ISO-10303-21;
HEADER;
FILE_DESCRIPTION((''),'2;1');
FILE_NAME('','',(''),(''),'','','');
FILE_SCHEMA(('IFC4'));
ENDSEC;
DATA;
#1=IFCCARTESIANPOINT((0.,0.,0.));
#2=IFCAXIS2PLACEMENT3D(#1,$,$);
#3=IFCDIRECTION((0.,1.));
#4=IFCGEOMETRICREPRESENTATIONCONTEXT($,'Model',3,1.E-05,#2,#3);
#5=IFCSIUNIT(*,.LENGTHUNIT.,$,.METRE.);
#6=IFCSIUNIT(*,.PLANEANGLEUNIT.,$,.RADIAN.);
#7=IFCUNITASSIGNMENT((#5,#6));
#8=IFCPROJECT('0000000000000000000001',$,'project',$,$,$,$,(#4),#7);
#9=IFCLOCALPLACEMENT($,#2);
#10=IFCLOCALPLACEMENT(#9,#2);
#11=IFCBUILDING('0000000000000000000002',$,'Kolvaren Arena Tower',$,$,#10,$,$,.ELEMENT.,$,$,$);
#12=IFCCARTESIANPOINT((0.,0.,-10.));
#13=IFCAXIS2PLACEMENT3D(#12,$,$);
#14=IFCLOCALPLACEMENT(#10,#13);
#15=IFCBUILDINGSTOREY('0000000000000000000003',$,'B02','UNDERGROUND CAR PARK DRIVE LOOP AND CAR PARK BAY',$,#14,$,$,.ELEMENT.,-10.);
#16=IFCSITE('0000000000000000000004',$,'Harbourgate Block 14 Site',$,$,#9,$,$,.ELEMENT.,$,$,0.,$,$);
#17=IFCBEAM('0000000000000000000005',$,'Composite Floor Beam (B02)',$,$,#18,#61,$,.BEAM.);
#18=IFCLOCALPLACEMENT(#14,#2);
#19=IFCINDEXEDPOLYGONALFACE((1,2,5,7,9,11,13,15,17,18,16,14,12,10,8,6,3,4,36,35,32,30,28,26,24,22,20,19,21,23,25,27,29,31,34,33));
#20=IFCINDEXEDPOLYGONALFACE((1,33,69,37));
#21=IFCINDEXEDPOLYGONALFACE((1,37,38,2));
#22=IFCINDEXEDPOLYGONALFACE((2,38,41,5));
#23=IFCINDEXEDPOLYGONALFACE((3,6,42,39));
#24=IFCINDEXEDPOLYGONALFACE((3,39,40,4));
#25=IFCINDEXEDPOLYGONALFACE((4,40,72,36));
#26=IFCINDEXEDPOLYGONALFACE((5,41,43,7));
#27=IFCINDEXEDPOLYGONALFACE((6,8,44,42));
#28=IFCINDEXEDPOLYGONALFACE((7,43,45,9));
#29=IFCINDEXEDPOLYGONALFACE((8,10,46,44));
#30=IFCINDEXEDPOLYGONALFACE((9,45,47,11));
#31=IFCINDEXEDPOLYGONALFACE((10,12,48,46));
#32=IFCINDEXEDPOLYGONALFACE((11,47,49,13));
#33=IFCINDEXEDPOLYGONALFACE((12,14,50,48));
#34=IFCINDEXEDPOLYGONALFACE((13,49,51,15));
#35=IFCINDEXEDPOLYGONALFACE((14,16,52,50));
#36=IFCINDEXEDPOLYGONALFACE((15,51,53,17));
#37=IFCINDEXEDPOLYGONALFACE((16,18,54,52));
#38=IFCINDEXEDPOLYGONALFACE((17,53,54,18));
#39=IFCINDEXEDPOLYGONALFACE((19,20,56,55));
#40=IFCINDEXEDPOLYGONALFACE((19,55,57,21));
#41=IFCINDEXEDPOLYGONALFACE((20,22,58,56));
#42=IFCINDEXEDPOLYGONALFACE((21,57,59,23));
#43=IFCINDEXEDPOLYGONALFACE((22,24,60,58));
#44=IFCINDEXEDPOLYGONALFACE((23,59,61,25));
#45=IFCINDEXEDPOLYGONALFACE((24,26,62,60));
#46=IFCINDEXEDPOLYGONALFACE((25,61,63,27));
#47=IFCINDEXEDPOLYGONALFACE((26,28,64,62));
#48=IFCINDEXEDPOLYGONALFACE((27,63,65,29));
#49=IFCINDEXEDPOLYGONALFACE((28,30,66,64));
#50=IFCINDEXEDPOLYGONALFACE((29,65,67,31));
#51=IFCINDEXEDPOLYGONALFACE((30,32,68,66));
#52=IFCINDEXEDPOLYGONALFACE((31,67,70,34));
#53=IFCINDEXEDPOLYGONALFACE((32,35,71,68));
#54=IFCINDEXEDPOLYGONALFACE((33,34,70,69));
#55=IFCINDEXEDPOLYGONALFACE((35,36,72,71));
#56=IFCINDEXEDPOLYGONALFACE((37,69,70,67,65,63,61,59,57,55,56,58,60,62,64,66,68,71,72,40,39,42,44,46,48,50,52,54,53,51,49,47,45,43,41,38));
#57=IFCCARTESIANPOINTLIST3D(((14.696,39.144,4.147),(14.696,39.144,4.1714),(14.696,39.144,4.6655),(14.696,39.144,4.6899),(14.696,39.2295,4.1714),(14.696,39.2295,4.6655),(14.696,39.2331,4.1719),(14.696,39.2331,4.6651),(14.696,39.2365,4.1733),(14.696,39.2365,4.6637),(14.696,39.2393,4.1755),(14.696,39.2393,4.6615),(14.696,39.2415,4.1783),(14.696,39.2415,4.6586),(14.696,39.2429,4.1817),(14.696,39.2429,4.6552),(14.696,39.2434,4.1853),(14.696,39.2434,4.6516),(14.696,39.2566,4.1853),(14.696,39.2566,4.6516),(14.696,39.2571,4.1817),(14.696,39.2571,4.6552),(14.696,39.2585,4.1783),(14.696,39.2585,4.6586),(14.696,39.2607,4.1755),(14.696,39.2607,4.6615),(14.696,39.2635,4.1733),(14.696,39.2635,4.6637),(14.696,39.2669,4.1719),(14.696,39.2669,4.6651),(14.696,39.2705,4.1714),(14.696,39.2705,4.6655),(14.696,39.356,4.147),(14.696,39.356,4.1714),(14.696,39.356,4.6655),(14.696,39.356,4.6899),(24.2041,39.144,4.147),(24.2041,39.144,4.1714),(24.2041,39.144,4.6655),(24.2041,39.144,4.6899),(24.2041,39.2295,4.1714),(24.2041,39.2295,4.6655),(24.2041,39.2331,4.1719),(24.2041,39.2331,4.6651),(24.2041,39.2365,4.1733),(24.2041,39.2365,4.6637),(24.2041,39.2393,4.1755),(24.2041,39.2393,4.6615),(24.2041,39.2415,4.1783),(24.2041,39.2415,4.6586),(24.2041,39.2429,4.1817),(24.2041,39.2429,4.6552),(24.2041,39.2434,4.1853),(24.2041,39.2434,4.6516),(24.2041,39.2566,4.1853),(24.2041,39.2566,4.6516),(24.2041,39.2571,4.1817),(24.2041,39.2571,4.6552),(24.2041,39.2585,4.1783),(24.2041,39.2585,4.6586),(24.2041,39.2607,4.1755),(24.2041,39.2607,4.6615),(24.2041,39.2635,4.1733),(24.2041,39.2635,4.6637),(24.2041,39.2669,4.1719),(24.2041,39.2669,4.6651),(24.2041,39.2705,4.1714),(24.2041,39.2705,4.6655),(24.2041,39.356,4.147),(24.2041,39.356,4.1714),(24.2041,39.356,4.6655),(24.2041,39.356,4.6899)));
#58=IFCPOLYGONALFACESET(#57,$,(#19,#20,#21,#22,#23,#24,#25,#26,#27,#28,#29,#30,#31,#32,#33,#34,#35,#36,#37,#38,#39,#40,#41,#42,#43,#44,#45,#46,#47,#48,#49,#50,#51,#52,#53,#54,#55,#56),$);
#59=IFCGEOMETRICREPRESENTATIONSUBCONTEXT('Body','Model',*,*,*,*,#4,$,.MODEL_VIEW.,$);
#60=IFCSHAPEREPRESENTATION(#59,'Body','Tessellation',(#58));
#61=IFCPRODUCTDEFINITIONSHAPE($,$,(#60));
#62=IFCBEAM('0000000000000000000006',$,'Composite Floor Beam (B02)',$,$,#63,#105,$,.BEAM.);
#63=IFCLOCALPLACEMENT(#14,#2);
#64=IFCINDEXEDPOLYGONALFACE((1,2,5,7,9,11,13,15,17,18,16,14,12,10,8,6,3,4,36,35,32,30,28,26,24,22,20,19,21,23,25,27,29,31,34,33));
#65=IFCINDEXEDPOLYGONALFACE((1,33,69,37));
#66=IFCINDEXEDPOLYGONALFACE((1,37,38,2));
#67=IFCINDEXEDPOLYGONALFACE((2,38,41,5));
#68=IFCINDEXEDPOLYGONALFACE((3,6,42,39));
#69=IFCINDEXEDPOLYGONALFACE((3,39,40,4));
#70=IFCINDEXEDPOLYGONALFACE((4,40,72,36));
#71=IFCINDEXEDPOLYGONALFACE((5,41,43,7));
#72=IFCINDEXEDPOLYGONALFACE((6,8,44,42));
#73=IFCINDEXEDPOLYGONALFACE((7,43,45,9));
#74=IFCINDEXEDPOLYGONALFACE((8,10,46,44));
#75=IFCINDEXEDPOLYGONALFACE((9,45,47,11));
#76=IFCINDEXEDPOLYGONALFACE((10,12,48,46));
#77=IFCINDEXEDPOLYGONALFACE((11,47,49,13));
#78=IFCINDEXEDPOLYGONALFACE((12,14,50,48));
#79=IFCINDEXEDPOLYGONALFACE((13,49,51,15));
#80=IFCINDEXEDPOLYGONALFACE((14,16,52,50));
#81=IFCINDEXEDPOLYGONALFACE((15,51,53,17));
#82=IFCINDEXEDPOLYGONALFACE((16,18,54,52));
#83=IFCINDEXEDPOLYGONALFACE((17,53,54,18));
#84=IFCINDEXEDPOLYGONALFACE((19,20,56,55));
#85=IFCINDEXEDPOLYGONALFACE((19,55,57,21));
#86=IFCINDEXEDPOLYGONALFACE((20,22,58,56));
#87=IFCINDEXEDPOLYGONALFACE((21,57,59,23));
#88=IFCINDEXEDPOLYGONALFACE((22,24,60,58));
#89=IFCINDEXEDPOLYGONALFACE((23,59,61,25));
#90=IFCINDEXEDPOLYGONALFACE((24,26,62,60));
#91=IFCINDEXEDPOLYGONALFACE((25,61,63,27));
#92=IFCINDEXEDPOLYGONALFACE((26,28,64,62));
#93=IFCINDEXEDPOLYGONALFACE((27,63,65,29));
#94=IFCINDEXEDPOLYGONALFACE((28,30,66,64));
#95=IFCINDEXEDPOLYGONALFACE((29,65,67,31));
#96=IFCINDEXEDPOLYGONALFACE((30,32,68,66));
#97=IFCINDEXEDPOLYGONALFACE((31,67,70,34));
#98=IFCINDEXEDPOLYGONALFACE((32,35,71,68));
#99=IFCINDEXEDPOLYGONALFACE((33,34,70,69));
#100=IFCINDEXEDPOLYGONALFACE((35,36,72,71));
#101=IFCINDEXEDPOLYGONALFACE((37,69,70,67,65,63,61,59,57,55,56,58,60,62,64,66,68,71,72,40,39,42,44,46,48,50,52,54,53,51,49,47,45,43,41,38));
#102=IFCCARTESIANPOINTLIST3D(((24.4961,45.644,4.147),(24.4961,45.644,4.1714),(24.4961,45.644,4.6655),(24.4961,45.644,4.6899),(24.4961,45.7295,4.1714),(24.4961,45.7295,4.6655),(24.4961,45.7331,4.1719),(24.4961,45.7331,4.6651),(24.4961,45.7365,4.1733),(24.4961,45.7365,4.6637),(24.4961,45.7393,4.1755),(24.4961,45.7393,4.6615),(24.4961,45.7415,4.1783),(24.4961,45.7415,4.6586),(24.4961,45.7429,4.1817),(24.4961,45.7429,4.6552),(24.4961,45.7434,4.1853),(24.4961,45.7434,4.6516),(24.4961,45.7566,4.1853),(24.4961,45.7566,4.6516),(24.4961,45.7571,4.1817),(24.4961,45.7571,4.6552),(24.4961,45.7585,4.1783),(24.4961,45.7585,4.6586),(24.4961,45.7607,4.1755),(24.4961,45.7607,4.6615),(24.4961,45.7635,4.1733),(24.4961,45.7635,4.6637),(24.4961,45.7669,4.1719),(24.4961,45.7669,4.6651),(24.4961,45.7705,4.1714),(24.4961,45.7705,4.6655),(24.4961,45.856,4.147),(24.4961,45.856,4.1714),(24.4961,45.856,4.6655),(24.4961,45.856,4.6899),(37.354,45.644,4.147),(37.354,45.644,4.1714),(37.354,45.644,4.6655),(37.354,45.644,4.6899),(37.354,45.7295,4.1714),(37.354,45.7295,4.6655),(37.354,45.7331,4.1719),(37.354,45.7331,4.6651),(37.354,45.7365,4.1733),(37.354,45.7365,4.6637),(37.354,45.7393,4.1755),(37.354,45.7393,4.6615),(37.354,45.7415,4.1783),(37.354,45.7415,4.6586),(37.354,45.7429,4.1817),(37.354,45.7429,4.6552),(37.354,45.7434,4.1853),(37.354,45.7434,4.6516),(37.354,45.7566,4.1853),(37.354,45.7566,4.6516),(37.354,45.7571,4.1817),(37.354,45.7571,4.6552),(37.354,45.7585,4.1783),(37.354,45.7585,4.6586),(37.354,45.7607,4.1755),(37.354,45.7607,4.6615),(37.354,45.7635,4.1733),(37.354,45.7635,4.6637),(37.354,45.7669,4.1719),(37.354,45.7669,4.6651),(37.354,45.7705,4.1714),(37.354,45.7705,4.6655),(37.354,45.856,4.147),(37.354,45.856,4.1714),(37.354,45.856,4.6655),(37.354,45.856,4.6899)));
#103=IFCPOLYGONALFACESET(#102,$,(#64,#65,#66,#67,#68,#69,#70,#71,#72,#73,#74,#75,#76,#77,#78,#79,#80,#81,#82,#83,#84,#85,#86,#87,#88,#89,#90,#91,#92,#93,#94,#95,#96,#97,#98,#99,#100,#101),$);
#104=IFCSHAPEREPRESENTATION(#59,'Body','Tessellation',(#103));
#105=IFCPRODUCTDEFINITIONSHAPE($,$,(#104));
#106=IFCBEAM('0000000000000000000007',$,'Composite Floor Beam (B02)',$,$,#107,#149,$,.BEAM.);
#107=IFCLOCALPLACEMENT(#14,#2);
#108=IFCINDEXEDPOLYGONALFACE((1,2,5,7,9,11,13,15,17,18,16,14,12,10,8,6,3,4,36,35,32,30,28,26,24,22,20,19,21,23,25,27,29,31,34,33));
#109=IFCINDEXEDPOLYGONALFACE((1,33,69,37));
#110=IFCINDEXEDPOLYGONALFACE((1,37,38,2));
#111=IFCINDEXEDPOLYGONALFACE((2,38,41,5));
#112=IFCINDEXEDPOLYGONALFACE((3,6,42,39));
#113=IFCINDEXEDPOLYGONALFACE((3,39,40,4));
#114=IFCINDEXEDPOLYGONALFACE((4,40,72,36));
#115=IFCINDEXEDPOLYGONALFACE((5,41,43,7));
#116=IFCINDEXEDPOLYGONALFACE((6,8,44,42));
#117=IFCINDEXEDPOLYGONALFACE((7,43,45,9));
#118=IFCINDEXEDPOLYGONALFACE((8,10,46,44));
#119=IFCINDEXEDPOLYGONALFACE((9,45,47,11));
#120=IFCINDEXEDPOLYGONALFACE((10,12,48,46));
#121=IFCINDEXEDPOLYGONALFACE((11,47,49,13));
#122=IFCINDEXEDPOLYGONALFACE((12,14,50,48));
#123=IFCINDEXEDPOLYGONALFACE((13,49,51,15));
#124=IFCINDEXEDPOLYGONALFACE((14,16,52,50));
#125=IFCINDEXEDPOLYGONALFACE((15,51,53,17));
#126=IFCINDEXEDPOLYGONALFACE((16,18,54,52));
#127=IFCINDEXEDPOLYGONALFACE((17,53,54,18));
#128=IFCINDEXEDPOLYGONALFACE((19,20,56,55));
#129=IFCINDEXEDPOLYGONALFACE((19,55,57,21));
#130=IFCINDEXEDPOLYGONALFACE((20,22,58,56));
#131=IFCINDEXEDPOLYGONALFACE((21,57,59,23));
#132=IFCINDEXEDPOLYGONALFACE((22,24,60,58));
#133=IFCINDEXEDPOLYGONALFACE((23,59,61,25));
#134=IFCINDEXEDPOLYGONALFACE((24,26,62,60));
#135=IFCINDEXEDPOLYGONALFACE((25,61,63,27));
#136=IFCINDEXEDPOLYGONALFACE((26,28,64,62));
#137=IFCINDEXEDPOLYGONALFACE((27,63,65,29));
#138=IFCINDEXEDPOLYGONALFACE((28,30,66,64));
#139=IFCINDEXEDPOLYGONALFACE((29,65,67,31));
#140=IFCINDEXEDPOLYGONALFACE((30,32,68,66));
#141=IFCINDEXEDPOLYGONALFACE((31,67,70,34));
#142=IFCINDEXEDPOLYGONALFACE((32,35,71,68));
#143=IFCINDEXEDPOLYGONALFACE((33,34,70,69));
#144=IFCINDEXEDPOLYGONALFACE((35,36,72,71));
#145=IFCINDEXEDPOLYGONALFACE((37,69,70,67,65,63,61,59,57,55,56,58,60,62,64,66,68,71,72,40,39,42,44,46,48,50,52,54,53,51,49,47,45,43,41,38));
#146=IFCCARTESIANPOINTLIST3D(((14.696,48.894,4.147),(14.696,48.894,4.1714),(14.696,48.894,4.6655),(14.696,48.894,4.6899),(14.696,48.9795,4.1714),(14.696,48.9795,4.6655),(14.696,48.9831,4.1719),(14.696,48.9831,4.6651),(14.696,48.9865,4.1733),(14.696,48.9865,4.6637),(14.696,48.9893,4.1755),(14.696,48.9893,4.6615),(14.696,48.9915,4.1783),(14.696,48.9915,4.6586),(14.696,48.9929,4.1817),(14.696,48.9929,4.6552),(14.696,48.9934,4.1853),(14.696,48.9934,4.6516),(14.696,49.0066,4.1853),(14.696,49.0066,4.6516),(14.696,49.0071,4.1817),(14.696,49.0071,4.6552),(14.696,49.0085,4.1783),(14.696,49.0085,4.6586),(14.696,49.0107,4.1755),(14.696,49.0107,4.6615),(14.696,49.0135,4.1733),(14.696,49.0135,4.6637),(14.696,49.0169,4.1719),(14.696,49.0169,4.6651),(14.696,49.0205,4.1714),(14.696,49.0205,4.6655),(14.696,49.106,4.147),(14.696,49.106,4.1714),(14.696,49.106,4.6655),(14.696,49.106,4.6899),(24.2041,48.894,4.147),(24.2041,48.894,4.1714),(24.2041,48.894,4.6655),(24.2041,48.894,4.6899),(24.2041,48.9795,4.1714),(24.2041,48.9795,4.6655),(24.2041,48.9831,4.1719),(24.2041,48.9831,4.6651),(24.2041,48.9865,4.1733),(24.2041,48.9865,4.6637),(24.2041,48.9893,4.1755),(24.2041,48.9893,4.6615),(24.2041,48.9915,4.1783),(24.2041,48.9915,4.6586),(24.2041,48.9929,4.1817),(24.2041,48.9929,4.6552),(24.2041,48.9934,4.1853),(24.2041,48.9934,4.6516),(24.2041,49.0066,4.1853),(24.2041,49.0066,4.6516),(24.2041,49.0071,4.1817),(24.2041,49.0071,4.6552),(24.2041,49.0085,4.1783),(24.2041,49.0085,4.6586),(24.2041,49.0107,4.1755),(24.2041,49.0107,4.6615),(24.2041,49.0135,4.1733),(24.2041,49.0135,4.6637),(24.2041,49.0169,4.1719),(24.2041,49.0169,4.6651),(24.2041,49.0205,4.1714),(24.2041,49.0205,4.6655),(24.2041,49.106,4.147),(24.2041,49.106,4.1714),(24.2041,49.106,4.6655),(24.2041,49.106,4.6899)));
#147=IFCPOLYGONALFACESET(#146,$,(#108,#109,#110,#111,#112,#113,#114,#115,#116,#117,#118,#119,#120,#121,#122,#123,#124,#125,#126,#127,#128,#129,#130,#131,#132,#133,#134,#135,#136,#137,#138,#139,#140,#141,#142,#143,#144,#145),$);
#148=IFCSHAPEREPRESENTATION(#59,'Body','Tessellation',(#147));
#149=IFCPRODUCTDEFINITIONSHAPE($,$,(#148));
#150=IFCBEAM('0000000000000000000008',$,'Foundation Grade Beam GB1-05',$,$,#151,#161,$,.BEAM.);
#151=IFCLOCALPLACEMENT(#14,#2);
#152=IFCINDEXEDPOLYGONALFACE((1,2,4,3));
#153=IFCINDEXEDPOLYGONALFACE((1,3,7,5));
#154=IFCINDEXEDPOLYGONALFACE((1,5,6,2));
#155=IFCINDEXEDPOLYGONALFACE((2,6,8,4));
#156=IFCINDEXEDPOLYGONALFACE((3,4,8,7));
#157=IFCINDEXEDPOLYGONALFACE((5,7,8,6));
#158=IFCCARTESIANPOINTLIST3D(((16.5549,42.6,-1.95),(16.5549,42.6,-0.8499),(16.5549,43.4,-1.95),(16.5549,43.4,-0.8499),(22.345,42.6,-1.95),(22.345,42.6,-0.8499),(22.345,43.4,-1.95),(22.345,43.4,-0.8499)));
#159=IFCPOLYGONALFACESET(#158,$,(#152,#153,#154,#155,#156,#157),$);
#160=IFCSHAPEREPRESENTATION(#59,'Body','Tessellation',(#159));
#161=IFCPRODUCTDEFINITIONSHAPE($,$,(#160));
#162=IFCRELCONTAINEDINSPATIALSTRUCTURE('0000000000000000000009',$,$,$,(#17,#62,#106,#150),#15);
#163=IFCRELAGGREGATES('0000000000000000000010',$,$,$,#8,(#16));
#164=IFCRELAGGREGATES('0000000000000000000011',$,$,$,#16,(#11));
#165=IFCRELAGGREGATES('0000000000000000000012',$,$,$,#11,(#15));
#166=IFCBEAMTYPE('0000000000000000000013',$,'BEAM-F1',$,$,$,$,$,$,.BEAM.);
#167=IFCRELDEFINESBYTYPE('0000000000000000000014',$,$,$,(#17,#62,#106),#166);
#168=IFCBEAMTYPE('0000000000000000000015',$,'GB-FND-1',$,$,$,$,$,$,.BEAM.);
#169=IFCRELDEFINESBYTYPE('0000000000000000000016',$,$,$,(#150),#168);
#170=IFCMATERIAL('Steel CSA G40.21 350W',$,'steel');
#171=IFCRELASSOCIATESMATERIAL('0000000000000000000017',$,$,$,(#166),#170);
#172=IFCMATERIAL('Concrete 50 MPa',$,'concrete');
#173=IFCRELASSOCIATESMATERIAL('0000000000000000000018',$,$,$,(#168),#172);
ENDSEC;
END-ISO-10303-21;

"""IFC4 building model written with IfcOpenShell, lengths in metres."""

from ifc_helpers import new_model, si_unit, direction, frame, origin, origin_2d, place, context, subcontext, project, spatial, rectangle, i_section, extrude, material, material_profile, profile_set, type_object, element, save


model = new_model("IFC4")

# Units and contexts
model_context = context("Model", 3, precision=1e-05, world=origin(), true_north=direction((0.0, 1.0)))
body_context = subcontext(model_context, "Body", "Model", "MODEL_VIEW")
ifc_project = project(units=[si_unit("LENGTHUNIT", "METRE"), si_unit("PLANEANGLEUNIT", "RADIAN")], contexts=[model_context])

# Site, building, storey
site_placement = place(None, origin())
site = spatial("IfcSite", under=ifc_project, at=site_placement, Name="Harbourgate Block 14 Site", CompositionType="ELEMENT", RefElevation=0.0)
building_placement = place(site_placement, origin())
building = spatial("IfcBuilding", under=site, at=building_placement, Name="Kolvaren Arena Tower", CompositionType="ELEMENT")
storey_placement = place(building_placement, frame((0.0, 0.0, -10.0)))
storey = spatial("IfcBuildingStorey", under=building, at=storey_placement, Name="B02", Description="UNDERGROUND CAR PARK DRIVE LOOP AND CAR PARK BAY", CompositionType="ELEMENT", Elevation=-10.0)

# Beams
ifc_material_1 = material(Name="Steel CSA G40.21 350W", Category="steel")
ifc_material_profile_1 = material_profile(ifc_material_1, i_section(OverallWidth=0.2119, OverallDepth=0.543, WebThickness=0.0132, FlangeThickness=0.0244, FilletRadius=0.0139, at=origin_2d()), Name="W530x150")
ifc_profile_set_1 = profile_set([ifc_material_profile_1], Name="Steel CSA G40.21 350W")
beam_type_1 = type_object("IfcBeamType", Name="BEAM-F1", PredefinedType="BEAM", material=ifc_profile_set_1)
beam_1_placement = place(storey_placement, frame((14.696, 39.25, 4.4185), z_axis=(1.0, 0.0, 0.0), x_axis=(0.0, 1.0, 0.0)))
element("IfcBeam", 1, at=beam_1_placement, inside=storey, type_object=beam_type_1, Name="Composite Floor Beam (B02)", PredefinedType="BEAM", context=body_context, shape_type="SweptSolid", body=[
    extrude(i_section(OverallWidth=0.2119, OverallDepth=0.543, WebThickness=0.0132, FlangeThickness=0.0244, FilletRadius=0.0139, at=origin_2d()), origin(), (0.0, 0.0, 1.0), 9.5081),
])
beam_2_placement = place(storey_placement, frame((24.4961, 45.75, 4.4185), z_axis=(1.0, 0.0, 0.0), x_axis=(0.0, 1.0, 0.0)))
element("IfcBeam", 2, at=beam_2_placement, inside=storey, type_object=beam_type_1, Name="Composite Floor Beam (B02)", PredefinedType="BEAM", context=body_context, shape_type="SweptSolid", body=[
    extrude(i_section(OverallWidth=0.2119, OverallDepth=0.543, WebThickness=0.0132, FlangeThickness=0.0244, FilletRadius=0.0139, at=origin_2d()), origin(), (0.0, 0.0, 1.0), 12.8579),
])
beam_3_placement = place(storey_placement, frame((14.696, 49.0, 4.4185), z_axis=(1.0, 0.0, 0.0), x_axis=(0.0, 1.0, 0.0)))
element("IfcBeam", 3, at=beam_3_placement, inside=storey, type_object=beam_type_1, Name="Composite Floor Beam (B02)", PredefinedType="BEAM", context=body_context, shape_type="SweptSolid", body=[
    extrude(i_section(OverallWidth=0.2119, OverallDepth=0.543, WebThickness=0.0132, FlangeThickness=0.0244, FilletRadius=0.0139, at=origin_2d()), origin(), (0.0, 0.0, 1.0), 9.5081),
])
ifc_material_2 = material(Name="Concrete 50 MPa", Category="concrete")
ifc_material_profile_2 = material_profile(ifc_material_2, rectangle(XDim=0.8, YDim=1.1001, at=origin_2d()), Name="RC-800x1100")
ifc_profile_set_2 = profile_set([ifc_material_profile_2], Name="Concrete 50 MPa")
beam_type_2 = type_object("IfcBeamType", Name="GB-FND-1", PredefinedType="BEAM", material=ifc_profile_set_2)
beam_4_placement = place(storey_placement, frame((16.5549, 43.0, -1.3999), z_axis=(1.0, 0.0, 0.0), x_axis=(0.0, 1.0, 0.0)))
element("IfcBeam", 4, at=beam_4_placement, inside=storey, type_object=beam_type_2, Name="Foundation Grade Beam GB1-05", PredefinedType="BEAM", context=body_context, shape_type="SweptSolid", body=[
    extrude(rectangle(XDim=0.8, YDim=1.1001, at=origin_2d()), origin(), (0.0, 0.0, 1.0), 5.79),
])

save(model, "model.ifc")
